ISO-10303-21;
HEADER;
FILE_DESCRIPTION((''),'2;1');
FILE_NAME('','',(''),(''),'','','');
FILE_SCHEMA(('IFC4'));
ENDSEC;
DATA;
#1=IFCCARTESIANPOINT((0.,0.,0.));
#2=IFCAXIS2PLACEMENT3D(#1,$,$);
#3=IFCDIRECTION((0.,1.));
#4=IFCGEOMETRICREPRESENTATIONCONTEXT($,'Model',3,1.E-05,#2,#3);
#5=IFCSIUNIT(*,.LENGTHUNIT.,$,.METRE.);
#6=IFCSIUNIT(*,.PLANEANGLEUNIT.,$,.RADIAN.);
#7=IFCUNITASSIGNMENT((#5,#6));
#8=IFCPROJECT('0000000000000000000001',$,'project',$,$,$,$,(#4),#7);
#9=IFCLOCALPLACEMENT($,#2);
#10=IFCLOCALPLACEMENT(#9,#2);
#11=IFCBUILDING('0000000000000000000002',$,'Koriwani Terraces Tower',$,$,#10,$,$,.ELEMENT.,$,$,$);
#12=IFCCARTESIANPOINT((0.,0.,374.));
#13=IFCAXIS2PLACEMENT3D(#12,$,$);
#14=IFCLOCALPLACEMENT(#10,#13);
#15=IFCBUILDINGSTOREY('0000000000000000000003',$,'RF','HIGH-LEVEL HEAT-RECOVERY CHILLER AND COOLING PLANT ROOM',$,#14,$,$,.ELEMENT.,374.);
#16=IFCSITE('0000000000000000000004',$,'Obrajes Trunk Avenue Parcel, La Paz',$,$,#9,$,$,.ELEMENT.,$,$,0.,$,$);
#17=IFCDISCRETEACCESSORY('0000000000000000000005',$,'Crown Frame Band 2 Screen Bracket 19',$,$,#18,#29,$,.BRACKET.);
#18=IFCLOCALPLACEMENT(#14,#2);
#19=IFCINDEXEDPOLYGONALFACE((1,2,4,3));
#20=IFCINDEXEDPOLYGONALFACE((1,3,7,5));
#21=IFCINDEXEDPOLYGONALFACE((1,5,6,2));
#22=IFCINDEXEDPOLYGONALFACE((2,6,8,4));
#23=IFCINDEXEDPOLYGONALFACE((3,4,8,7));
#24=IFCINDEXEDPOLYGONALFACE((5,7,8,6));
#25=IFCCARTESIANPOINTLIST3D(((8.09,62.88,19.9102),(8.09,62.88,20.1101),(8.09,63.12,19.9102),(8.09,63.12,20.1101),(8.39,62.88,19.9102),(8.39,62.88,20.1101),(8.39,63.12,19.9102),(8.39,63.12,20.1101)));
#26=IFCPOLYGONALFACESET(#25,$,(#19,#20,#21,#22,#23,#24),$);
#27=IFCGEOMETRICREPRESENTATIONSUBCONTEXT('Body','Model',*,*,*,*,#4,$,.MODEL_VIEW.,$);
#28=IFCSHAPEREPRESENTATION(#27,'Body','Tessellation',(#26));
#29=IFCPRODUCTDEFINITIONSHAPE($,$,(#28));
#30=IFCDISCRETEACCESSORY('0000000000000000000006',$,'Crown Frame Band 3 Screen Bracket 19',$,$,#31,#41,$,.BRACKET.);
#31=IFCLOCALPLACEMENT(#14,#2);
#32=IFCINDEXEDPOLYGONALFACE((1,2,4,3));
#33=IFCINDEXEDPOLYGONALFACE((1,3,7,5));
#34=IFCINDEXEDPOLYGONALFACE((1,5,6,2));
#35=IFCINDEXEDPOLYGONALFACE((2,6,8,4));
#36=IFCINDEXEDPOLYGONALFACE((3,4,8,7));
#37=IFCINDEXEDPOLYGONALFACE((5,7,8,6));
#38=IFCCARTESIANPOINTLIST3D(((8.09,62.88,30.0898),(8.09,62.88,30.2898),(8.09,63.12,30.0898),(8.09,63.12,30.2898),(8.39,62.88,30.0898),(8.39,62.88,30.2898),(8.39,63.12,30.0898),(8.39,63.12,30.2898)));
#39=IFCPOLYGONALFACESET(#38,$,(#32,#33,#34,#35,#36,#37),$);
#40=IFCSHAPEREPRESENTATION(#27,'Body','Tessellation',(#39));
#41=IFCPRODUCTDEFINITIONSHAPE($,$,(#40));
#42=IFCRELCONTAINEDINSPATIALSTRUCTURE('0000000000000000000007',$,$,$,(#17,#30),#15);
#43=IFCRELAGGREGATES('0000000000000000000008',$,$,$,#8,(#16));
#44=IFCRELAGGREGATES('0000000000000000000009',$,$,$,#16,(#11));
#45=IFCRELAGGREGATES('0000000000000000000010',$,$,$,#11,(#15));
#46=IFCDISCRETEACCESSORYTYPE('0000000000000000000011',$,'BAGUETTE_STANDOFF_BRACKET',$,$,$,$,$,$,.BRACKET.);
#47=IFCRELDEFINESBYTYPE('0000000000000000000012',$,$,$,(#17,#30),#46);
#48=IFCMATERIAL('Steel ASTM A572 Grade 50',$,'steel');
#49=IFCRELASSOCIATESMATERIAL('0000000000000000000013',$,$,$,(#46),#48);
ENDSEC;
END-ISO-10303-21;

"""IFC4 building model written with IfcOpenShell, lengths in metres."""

from ifc_helpers import new_model, si_unit, direction, frame, origin, origin_2d, place, context, subcontext, project, spatial, rectangle, extrude, material, type_object, element, save


model = new_model("IFC4")

# Units and contexts
model_context = context("Model", 3, precision=1e-05, world=origin(), true_north=direction((0.0, 1.0)))
body_context = subcontext(model_context, "Body", "Model", "MODEL_VIEW")
ifc_project = project(units=[si_unit("LENGTHUNIT", "METRE"), si_unit("PLANEANGLEUNIT", "RADIAN")], contexts=[model_context])

# Site, building, storey
site_placement = place(None, origin())
site = spatial("IfcSite", under=ifc_project, at=site_placement, Name="Obrajes Trunk Avenue Parcel, La Paz", CompositionType="ELEMENT", RefElevation=0.0)
building_placement = place(site_placement, origin())
building = spatial("IfcBuilding", under=site, at=building_placement, Name="Koriwani Terraces Tower", CompositionType="ELEMENT")
storey_placement = place(building_placement, frame((0.0, 0.0, 374.0)))
storey = spatial("IfcBuildingStorey", under=building, at=storey_placement, Name="RF", Description="HIGH-LEVEL HEAT-RECOVERY CHILLER AND COOLING PLANT ROOM", CompositionType="ELEMENT", Elevation=374.0)

# Shared definitions
ifc_material_1 = material(Name="Steel ASTM A572 Grade 50", Category="steel")

# Discrete accessories
discrete_accessory_type = type_object("IfcDiscreteAccessoryType", Name="BAGUETTE_STANDOFF_BRACKET", PredefinedType="BRACKET", material=ifc_material_1)
for number, where, z_axis, x_axis, name in (
    (1, (8.24, 63.0, 19.9102), (0.0, 0.0, 1.0), (0.0, -1.0, 0.0), "Crown Frame Band 2 Screen Bracket 19"),
    (2, (8.24, 63.0, 30.0898), (0.0, 0.0, 1.0), (0.0, -1.0, 0.0), "Crown Frame Band 3 Screen Bracket 19"),
):
    element("IfcDiscreteAccessory", number, at=place(storey_placement, frame(where, z_axis=z_axis, x_axis=x_axis)), inside=storey, type_object=discrete_accessory_type, Name=name, PredefinedType="BRACKET", context=body_context, shape_type="SweptSolid", body=[
        extrude(rectangle(XDim=0.24, YDim=0.3, at=origin_2d()), origin(), (0.0, 0.0, 1.0), 0.2),
    ])

save(model, "model.ifc")
